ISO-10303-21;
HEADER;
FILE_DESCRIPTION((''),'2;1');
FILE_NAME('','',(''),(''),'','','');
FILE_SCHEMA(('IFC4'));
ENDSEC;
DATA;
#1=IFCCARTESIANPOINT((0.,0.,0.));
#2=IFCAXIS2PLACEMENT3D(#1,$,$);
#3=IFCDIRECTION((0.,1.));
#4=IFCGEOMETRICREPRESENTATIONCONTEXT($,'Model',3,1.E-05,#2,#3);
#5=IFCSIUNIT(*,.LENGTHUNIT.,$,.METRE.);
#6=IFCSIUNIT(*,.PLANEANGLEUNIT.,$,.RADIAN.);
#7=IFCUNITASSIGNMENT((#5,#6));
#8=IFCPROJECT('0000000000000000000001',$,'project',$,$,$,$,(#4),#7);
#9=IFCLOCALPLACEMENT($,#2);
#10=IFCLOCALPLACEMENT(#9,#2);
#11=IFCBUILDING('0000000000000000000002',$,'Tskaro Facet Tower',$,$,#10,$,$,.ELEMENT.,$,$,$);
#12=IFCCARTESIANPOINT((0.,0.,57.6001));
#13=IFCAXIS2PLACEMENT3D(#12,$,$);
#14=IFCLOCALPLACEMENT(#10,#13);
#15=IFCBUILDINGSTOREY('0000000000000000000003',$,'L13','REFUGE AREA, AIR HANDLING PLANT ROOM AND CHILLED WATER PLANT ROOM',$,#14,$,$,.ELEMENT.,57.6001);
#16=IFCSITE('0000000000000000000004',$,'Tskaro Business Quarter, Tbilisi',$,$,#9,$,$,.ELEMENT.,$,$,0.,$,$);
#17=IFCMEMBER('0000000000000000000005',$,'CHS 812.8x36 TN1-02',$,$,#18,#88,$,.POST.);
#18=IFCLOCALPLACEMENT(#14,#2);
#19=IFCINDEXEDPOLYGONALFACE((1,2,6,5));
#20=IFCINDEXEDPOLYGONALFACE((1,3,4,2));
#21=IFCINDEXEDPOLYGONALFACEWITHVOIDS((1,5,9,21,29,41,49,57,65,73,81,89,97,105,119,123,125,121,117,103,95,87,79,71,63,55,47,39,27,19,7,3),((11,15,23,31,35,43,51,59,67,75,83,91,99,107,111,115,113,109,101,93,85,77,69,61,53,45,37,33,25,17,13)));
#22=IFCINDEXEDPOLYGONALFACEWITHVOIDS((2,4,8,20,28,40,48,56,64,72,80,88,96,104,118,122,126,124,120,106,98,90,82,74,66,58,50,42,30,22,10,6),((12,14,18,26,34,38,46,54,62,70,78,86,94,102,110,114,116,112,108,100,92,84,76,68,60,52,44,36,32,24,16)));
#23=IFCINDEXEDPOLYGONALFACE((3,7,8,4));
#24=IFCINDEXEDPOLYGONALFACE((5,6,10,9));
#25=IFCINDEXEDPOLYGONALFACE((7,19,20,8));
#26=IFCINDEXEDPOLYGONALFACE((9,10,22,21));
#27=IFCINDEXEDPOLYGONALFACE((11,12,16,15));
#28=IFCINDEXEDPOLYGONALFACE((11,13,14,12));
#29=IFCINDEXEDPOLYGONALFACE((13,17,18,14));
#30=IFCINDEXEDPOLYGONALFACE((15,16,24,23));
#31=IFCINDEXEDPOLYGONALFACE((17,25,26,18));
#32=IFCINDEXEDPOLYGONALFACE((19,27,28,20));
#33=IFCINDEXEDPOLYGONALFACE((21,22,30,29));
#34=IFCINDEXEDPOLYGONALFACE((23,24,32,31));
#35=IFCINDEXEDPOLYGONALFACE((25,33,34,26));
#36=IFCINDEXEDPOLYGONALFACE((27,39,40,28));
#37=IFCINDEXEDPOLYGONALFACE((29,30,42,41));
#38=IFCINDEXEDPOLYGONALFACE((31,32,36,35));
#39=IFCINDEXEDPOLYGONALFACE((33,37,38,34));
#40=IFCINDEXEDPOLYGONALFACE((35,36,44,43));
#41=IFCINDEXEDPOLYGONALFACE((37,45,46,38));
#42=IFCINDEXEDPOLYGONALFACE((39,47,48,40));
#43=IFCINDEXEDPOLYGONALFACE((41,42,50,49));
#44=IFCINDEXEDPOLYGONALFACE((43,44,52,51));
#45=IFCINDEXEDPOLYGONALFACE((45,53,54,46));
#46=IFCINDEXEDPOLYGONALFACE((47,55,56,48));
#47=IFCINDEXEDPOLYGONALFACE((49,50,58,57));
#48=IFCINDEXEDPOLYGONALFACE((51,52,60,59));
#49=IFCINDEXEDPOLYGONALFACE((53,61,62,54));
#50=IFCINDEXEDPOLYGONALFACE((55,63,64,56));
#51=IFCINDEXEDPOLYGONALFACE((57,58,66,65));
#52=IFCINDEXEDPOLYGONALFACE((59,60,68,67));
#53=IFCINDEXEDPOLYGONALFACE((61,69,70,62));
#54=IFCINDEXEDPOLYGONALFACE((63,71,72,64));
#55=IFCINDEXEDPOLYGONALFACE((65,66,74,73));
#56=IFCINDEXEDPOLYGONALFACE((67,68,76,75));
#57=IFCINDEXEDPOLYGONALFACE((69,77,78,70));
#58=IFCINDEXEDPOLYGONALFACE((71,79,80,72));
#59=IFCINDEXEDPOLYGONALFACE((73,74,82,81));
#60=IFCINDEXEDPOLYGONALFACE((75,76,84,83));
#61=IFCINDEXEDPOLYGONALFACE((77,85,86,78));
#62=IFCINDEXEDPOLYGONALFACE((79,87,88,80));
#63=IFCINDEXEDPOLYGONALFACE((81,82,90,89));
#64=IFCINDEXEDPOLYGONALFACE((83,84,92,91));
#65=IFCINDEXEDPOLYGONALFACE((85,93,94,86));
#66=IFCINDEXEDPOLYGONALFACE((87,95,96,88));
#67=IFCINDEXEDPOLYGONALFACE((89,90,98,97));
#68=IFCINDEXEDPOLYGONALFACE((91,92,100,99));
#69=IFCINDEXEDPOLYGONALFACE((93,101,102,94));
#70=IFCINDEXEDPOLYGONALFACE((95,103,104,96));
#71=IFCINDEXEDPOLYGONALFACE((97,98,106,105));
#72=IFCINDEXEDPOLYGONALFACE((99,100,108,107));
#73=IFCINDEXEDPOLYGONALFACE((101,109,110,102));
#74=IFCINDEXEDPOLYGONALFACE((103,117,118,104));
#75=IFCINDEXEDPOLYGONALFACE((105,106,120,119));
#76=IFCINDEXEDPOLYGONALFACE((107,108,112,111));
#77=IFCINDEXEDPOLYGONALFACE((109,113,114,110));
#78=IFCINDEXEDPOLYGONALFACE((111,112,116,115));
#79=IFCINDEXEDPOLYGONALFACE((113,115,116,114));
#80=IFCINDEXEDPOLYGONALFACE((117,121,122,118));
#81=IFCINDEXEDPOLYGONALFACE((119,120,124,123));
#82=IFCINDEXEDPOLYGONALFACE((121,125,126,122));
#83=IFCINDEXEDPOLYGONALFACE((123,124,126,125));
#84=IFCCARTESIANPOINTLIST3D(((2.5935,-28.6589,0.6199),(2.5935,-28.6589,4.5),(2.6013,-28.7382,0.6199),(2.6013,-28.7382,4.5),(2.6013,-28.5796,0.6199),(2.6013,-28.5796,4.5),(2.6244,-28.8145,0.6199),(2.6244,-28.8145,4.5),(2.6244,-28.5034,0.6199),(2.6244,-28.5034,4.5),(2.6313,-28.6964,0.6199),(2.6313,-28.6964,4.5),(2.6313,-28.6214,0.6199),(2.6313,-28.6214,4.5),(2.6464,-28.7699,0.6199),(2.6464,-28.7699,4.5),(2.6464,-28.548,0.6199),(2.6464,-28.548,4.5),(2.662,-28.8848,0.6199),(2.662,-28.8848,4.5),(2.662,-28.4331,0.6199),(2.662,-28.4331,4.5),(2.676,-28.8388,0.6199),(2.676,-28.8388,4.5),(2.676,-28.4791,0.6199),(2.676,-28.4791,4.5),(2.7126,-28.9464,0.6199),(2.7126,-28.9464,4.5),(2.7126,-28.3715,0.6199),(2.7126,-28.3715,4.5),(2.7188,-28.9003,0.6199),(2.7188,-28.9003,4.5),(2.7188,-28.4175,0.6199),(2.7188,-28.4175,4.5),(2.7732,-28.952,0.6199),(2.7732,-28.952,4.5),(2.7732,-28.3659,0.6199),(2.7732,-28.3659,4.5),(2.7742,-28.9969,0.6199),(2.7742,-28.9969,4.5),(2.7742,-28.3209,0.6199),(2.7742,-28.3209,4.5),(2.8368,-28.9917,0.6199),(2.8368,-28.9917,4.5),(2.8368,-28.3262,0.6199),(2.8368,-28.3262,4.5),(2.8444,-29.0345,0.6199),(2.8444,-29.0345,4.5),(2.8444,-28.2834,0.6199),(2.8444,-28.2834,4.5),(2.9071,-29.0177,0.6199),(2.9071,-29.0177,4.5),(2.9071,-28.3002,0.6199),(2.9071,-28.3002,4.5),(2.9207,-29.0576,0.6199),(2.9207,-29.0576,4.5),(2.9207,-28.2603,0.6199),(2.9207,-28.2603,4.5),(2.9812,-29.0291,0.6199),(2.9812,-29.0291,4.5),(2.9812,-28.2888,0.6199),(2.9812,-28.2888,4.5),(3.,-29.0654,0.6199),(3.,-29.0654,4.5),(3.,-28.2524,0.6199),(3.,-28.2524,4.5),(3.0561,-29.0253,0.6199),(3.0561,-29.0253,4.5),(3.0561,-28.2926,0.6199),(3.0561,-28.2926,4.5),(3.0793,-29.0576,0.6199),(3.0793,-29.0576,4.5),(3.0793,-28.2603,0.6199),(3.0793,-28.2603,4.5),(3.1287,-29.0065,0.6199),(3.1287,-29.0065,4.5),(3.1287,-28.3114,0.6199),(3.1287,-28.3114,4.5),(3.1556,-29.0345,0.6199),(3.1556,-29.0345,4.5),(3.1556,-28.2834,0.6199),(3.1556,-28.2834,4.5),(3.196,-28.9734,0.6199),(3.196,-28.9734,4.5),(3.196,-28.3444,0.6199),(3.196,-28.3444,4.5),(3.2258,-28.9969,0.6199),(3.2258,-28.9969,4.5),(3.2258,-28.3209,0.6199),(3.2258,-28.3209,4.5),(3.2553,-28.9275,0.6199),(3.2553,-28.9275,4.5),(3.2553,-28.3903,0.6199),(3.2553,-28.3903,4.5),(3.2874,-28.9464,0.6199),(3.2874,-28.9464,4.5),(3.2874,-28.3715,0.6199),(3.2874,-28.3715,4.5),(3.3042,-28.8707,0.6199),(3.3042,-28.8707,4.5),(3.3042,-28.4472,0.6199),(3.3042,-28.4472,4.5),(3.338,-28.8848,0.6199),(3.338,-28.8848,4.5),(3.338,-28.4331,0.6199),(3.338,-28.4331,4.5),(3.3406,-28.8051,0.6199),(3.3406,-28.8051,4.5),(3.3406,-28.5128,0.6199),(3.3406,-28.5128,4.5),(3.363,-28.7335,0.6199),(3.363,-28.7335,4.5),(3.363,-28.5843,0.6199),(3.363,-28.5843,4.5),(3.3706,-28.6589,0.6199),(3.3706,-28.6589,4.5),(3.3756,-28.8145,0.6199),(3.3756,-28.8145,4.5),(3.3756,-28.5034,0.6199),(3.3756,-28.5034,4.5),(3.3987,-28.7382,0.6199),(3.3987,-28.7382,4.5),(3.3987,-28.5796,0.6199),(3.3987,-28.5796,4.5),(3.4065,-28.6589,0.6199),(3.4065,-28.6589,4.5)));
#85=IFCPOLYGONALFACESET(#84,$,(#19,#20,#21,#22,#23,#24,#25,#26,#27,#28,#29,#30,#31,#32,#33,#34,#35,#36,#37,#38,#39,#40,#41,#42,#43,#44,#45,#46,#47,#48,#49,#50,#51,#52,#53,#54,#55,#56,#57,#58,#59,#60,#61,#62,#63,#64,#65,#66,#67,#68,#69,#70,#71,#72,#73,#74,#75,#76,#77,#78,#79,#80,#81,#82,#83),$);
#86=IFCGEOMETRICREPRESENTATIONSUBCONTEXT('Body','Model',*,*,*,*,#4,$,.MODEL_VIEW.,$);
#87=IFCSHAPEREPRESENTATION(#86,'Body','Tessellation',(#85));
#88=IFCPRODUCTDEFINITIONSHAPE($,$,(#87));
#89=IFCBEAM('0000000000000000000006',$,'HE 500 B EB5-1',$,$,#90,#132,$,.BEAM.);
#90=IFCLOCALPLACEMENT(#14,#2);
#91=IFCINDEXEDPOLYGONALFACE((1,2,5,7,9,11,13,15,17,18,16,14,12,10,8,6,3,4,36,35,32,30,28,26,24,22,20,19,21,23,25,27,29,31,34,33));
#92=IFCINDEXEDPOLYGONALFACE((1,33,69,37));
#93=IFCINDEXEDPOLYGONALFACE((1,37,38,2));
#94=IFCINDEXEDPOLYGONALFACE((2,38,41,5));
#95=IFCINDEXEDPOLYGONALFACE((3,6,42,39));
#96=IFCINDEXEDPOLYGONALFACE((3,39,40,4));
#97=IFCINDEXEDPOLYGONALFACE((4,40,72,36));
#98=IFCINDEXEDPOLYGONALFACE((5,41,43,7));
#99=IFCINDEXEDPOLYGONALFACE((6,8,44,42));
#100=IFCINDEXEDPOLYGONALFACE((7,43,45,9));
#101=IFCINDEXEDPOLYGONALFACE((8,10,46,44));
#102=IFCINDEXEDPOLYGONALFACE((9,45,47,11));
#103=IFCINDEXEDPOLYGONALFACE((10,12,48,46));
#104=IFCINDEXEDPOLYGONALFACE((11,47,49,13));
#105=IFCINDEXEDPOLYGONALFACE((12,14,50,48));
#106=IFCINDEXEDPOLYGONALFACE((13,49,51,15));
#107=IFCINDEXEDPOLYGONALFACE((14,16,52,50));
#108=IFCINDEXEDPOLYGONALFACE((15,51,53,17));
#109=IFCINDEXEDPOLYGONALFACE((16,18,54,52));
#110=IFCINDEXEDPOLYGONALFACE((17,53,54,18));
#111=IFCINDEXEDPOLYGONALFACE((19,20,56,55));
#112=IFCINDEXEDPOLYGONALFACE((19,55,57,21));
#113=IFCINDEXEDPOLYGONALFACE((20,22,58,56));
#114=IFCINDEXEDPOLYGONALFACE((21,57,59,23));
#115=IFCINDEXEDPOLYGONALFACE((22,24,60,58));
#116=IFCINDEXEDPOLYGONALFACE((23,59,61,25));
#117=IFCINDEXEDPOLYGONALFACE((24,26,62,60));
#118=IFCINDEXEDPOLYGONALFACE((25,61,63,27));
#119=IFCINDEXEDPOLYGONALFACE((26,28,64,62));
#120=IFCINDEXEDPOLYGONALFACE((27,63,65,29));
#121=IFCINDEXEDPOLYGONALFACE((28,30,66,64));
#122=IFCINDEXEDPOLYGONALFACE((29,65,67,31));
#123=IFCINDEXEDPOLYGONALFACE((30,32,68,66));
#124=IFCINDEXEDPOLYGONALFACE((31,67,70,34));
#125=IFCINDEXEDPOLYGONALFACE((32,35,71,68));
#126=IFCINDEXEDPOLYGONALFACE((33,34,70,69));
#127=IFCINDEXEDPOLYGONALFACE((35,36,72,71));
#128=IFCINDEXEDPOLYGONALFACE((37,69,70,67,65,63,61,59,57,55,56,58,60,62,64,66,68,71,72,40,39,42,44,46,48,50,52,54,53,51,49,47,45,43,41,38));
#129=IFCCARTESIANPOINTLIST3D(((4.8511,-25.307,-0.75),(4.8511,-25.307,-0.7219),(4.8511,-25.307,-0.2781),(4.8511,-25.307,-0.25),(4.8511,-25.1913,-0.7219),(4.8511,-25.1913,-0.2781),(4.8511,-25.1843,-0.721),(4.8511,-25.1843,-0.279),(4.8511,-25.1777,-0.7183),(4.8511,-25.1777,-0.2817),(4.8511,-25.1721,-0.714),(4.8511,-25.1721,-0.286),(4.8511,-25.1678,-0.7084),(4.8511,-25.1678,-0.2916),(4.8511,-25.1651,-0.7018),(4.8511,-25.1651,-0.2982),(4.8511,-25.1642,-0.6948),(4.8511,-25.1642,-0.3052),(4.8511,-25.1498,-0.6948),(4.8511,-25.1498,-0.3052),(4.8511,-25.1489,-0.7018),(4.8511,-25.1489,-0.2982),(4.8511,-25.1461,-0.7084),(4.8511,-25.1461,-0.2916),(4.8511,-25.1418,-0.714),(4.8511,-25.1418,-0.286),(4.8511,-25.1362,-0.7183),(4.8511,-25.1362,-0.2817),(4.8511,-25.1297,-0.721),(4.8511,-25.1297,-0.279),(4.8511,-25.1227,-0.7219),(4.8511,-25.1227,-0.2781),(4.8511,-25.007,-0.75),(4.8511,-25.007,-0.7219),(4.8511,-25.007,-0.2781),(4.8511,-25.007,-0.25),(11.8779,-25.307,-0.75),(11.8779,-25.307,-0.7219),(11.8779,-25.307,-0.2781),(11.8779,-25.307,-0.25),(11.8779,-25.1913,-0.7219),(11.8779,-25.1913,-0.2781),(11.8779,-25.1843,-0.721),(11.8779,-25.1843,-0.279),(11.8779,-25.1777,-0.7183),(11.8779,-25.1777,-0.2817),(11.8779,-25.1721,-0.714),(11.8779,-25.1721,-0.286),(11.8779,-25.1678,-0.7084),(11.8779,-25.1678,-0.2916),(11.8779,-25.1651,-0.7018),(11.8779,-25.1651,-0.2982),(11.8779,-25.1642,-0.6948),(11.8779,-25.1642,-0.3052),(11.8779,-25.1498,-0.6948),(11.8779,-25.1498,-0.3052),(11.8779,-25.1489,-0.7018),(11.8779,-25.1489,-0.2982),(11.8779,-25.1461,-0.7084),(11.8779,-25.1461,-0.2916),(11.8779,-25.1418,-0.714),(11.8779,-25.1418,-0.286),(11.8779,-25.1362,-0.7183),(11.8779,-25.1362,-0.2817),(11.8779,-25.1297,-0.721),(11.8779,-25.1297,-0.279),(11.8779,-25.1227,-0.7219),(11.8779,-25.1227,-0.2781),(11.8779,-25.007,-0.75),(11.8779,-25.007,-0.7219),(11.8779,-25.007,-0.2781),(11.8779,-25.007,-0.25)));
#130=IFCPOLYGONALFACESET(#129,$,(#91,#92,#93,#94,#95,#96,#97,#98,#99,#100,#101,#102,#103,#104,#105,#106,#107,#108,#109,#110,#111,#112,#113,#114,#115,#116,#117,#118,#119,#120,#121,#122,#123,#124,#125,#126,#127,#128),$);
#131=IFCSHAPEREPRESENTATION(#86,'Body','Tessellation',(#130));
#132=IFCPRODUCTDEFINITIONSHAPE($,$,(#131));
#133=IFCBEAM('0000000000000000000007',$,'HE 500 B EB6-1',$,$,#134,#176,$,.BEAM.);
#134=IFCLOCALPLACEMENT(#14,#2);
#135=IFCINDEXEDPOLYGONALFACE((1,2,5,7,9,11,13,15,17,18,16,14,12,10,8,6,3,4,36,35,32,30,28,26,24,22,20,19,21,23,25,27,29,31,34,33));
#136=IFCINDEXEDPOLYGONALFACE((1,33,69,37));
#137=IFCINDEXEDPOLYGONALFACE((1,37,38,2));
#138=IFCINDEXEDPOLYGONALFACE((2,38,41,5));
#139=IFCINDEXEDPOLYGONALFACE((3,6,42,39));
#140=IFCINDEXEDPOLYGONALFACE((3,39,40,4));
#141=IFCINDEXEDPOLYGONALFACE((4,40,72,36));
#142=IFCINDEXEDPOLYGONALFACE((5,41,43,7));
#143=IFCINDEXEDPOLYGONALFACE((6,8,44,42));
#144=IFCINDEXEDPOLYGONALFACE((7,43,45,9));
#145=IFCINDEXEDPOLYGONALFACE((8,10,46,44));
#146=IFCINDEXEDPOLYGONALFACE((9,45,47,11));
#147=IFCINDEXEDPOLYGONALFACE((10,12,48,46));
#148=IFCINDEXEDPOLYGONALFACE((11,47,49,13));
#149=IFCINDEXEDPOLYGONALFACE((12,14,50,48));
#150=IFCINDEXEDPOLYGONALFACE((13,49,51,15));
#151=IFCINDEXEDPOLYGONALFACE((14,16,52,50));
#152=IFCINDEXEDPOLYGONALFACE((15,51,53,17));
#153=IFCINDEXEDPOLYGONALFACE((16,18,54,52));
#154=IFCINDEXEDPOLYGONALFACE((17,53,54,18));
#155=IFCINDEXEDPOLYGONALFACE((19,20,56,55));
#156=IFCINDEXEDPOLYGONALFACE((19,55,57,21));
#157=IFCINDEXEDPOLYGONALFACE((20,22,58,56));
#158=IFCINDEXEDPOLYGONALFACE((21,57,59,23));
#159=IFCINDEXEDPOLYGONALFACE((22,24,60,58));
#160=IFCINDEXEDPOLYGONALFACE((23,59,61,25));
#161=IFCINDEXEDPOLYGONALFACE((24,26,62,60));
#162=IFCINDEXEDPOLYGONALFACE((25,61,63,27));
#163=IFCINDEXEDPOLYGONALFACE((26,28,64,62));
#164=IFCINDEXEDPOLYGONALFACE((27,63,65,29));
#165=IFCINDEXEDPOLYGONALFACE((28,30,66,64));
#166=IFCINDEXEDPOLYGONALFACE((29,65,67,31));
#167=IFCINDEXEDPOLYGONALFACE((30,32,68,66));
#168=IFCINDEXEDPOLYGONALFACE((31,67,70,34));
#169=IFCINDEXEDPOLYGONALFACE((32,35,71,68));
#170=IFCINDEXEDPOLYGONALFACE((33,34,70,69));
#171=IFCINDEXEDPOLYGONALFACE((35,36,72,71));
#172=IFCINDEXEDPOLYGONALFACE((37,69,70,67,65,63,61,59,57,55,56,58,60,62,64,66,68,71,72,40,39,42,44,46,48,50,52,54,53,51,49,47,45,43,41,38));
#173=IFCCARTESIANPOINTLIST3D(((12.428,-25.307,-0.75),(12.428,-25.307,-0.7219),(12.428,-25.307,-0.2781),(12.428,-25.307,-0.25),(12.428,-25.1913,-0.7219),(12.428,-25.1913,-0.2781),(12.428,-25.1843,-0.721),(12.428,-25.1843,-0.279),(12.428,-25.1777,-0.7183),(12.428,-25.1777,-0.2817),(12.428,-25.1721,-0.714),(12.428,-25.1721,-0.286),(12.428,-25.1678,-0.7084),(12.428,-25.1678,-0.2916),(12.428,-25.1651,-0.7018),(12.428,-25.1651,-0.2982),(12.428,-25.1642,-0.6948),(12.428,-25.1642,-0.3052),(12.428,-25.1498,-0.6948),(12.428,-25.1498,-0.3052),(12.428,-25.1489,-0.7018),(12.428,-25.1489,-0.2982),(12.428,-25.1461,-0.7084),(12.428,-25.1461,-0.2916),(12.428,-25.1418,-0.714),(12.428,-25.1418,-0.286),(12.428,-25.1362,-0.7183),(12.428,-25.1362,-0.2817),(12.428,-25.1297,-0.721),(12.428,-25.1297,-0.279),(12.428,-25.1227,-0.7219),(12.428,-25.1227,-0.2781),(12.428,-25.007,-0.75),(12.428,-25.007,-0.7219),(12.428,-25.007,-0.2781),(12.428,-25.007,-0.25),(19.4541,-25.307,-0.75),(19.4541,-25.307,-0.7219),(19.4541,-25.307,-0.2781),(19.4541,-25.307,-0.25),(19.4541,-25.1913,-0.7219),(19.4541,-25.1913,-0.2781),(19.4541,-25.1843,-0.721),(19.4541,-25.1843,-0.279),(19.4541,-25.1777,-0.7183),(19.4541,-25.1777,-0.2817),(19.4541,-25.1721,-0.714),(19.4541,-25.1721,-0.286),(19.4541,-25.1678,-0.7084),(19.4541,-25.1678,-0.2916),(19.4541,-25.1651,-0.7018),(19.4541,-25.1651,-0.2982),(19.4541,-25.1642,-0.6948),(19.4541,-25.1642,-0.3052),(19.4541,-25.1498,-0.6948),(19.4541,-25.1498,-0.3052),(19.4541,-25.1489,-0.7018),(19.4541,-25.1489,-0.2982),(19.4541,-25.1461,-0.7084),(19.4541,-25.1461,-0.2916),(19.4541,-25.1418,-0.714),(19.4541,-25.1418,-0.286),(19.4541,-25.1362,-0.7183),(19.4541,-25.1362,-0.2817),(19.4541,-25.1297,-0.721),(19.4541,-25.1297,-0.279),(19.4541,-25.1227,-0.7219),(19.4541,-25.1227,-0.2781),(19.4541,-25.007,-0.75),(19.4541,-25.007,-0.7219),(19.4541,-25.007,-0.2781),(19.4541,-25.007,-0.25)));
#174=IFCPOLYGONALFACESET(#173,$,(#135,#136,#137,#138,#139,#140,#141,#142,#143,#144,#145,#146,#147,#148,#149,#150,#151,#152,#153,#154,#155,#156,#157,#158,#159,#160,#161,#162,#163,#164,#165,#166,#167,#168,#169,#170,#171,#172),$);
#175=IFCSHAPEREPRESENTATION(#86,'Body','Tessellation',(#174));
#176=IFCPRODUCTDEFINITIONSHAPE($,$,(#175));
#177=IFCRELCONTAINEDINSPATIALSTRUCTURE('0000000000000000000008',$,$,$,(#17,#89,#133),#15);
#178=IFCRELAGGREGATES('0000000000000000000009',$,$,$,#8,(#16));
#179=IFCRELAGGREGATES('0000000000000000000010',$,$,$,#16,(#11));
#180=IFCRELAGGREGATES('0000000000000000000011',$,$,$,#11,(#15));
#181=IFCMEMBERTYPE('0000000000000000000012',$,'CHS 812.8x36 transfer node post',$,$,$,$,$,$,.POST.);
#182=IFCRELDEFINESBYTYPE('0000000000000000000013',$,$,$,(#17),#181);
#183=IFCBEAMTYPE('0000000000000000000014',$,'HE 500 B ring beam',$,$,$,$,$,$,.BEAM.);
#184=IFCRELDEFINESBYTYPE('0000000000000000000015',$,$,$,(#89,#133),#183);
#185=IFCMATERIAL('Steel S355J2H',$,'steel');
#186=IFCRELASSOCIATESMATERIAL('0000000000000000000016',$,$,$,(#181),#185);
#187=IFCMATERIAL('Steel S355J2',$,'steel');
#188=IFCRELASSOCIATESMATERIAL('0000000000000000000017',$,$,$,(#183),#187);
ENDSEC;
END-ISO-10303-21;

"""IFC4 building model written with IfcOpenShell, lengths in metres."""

from ifc_helpers import new_model, si_unit, direction, frame, origin, origin_2d, place, context, subcontext, project, spatial, hollow_circle, i_section, extrude, material, material_profile, profile_set, type_object, element, save


model = new_model("IFC4")

# Units and contexts
model_context = context("Model", 3, precision=1e-05, world=origin(), true_north=direction((0.0, 1.0)))
body_context = subcontext(model_context, "Body", "Model", "MODEL_VIEW")
ifc_project = project(units=[si_unit("LENGTHUNIT", "METRE"), si_unit("PLANEANGLEUNIT", "RADIAN")], contexts=[model_context])

# Site, building, storey
site_placement = place(None, origin())
site = spatial("IfcSite", under=ifc_project, at=site_placement, Name="Tskaro Business Quarter, Tbilisi", CompositionType="ELEMENT", RefElevation=0.0)
building_placement = place(site_placement, origin())
building = spatial("IfcBuilding", under=site, at=building_placement, Name="Tskaro Facet Tower", CompositionType="ELEMENT")
storey_placement = place(building_placement, frame((0.0, 0.0, 57.6001)))
storey = spatial("IfcBuildingStorey", under=building, at=storey_placement, Name="L13", Description="REFUGE AREA, AIR HANDLING PLANT ROOM AND CHILLED WATER PLANT ROOM", CompositionType="ELEMENT", Elevation=57.6001)

# Shared definitions
ifc_material_1 = material(Name="Steel S355J2H", Category="steel")

# Shared definitions
ifc_material_2 = material(Name="Steel S355J2", Category="steel")

# Member
ifc_material_profile_1 = material_profile(ifc_material_1, hollow_circle(Radius=0.4065, WallThickness=0.0359, at=origin_2d()), Name="CHS 812.8x36")
ifc_profile_set_1 = profile_set([ifc_material_profile_1], Name="Steel S355J2H")
member_type_1 = type_object("IfcMemberType", Name="CHS 812.8x36 transfer node post", PredefinedType="POST", material=ifc_profile_set_1)
member_1_placement = place(storey_placement, frame((3.0, -28.6589, 0.6199), z_axis=(0.0, 0.0, 1.0), x_axis=(1.0, 0.0, 0.0)))
element("IfcMember", 1, at=member_1_placement, inside=storey, type_object=member_type_1, Name="CHS 812.8x36 TN1-02", PredefinedType="POST", context=body_context, shape_type="SweptSolid", body=[
    extrude(hollow_circle(Radius=0.4065, WallThickness=0.0359, at=origin_2d()), origin(), (0.0, 0.0, 1.0), 3.8801),
])

# Beams
ifc_material_profile_2 = material_profile(ifc_material_2, i_section(OverallWidth=0.3, OverallDepth=0.5, WebThickness=0.0144, FlangeThickness=0.0281, FilletRadius=0.0271, at=origin_2d()), Name="HE 500 B")
ifc_profile_set_2 = profile_set([ifc_material_profile_2], Name="Steel S355J2")
beam_type_1 = type_object("IfcBeamType", Name="HE 500 B ring beam", PredefinedType="BEAM", material=ifc_profile_set_2)
beam_1_placement = place(storey_placement, frame((4.8511, -25.157, -0.5), z_axis=(1.0, 0.0, 0.0), x_axis=(0.0, 1.0, 0.0)))
element("IfcBeam", 2, at=beam_1_placement, inside=storey, type_object=beam_type_1, Name="HE 500 B EB5-1", PredefinedType="BEAM", context=body_context, shape_type="SweptSolid", body=[
    extrude(i_section(OverallWidth=0.3, OverallDepth=0.5, WebThickness=0.0144, FlangeThickness=0.0281, FilletRadius=0.0271, at=origin_2d()), origin(), (0.0, 0.0, 1.0), 7.0269),
])
beam_2_placement = place(storey_placement, frame((12.428, -25.157, -0.5), z_axis=(1.0, 0.0, 0.0), x_axis=(0.0, 1.0, 0.0)))
element("IfcBeam", 3, at=beam_2_placement, inside=storey, type_object=beam_type_1, Name="HE 500 B EB6-1", PredefinedType="BEAM", context=body_context, shape_type="SweptSolid", body=[
    extrude(i_section(OverallWidth=0.3, OverallDepth=0.5, WebThickness=0.0144, FlangeThickness=0.0281, FilletRadius=0.0271, at=origin_2d()), origin(), (0.0, 0.0, 1.0), 7.0261),
])

save(model, "model.ifc")
